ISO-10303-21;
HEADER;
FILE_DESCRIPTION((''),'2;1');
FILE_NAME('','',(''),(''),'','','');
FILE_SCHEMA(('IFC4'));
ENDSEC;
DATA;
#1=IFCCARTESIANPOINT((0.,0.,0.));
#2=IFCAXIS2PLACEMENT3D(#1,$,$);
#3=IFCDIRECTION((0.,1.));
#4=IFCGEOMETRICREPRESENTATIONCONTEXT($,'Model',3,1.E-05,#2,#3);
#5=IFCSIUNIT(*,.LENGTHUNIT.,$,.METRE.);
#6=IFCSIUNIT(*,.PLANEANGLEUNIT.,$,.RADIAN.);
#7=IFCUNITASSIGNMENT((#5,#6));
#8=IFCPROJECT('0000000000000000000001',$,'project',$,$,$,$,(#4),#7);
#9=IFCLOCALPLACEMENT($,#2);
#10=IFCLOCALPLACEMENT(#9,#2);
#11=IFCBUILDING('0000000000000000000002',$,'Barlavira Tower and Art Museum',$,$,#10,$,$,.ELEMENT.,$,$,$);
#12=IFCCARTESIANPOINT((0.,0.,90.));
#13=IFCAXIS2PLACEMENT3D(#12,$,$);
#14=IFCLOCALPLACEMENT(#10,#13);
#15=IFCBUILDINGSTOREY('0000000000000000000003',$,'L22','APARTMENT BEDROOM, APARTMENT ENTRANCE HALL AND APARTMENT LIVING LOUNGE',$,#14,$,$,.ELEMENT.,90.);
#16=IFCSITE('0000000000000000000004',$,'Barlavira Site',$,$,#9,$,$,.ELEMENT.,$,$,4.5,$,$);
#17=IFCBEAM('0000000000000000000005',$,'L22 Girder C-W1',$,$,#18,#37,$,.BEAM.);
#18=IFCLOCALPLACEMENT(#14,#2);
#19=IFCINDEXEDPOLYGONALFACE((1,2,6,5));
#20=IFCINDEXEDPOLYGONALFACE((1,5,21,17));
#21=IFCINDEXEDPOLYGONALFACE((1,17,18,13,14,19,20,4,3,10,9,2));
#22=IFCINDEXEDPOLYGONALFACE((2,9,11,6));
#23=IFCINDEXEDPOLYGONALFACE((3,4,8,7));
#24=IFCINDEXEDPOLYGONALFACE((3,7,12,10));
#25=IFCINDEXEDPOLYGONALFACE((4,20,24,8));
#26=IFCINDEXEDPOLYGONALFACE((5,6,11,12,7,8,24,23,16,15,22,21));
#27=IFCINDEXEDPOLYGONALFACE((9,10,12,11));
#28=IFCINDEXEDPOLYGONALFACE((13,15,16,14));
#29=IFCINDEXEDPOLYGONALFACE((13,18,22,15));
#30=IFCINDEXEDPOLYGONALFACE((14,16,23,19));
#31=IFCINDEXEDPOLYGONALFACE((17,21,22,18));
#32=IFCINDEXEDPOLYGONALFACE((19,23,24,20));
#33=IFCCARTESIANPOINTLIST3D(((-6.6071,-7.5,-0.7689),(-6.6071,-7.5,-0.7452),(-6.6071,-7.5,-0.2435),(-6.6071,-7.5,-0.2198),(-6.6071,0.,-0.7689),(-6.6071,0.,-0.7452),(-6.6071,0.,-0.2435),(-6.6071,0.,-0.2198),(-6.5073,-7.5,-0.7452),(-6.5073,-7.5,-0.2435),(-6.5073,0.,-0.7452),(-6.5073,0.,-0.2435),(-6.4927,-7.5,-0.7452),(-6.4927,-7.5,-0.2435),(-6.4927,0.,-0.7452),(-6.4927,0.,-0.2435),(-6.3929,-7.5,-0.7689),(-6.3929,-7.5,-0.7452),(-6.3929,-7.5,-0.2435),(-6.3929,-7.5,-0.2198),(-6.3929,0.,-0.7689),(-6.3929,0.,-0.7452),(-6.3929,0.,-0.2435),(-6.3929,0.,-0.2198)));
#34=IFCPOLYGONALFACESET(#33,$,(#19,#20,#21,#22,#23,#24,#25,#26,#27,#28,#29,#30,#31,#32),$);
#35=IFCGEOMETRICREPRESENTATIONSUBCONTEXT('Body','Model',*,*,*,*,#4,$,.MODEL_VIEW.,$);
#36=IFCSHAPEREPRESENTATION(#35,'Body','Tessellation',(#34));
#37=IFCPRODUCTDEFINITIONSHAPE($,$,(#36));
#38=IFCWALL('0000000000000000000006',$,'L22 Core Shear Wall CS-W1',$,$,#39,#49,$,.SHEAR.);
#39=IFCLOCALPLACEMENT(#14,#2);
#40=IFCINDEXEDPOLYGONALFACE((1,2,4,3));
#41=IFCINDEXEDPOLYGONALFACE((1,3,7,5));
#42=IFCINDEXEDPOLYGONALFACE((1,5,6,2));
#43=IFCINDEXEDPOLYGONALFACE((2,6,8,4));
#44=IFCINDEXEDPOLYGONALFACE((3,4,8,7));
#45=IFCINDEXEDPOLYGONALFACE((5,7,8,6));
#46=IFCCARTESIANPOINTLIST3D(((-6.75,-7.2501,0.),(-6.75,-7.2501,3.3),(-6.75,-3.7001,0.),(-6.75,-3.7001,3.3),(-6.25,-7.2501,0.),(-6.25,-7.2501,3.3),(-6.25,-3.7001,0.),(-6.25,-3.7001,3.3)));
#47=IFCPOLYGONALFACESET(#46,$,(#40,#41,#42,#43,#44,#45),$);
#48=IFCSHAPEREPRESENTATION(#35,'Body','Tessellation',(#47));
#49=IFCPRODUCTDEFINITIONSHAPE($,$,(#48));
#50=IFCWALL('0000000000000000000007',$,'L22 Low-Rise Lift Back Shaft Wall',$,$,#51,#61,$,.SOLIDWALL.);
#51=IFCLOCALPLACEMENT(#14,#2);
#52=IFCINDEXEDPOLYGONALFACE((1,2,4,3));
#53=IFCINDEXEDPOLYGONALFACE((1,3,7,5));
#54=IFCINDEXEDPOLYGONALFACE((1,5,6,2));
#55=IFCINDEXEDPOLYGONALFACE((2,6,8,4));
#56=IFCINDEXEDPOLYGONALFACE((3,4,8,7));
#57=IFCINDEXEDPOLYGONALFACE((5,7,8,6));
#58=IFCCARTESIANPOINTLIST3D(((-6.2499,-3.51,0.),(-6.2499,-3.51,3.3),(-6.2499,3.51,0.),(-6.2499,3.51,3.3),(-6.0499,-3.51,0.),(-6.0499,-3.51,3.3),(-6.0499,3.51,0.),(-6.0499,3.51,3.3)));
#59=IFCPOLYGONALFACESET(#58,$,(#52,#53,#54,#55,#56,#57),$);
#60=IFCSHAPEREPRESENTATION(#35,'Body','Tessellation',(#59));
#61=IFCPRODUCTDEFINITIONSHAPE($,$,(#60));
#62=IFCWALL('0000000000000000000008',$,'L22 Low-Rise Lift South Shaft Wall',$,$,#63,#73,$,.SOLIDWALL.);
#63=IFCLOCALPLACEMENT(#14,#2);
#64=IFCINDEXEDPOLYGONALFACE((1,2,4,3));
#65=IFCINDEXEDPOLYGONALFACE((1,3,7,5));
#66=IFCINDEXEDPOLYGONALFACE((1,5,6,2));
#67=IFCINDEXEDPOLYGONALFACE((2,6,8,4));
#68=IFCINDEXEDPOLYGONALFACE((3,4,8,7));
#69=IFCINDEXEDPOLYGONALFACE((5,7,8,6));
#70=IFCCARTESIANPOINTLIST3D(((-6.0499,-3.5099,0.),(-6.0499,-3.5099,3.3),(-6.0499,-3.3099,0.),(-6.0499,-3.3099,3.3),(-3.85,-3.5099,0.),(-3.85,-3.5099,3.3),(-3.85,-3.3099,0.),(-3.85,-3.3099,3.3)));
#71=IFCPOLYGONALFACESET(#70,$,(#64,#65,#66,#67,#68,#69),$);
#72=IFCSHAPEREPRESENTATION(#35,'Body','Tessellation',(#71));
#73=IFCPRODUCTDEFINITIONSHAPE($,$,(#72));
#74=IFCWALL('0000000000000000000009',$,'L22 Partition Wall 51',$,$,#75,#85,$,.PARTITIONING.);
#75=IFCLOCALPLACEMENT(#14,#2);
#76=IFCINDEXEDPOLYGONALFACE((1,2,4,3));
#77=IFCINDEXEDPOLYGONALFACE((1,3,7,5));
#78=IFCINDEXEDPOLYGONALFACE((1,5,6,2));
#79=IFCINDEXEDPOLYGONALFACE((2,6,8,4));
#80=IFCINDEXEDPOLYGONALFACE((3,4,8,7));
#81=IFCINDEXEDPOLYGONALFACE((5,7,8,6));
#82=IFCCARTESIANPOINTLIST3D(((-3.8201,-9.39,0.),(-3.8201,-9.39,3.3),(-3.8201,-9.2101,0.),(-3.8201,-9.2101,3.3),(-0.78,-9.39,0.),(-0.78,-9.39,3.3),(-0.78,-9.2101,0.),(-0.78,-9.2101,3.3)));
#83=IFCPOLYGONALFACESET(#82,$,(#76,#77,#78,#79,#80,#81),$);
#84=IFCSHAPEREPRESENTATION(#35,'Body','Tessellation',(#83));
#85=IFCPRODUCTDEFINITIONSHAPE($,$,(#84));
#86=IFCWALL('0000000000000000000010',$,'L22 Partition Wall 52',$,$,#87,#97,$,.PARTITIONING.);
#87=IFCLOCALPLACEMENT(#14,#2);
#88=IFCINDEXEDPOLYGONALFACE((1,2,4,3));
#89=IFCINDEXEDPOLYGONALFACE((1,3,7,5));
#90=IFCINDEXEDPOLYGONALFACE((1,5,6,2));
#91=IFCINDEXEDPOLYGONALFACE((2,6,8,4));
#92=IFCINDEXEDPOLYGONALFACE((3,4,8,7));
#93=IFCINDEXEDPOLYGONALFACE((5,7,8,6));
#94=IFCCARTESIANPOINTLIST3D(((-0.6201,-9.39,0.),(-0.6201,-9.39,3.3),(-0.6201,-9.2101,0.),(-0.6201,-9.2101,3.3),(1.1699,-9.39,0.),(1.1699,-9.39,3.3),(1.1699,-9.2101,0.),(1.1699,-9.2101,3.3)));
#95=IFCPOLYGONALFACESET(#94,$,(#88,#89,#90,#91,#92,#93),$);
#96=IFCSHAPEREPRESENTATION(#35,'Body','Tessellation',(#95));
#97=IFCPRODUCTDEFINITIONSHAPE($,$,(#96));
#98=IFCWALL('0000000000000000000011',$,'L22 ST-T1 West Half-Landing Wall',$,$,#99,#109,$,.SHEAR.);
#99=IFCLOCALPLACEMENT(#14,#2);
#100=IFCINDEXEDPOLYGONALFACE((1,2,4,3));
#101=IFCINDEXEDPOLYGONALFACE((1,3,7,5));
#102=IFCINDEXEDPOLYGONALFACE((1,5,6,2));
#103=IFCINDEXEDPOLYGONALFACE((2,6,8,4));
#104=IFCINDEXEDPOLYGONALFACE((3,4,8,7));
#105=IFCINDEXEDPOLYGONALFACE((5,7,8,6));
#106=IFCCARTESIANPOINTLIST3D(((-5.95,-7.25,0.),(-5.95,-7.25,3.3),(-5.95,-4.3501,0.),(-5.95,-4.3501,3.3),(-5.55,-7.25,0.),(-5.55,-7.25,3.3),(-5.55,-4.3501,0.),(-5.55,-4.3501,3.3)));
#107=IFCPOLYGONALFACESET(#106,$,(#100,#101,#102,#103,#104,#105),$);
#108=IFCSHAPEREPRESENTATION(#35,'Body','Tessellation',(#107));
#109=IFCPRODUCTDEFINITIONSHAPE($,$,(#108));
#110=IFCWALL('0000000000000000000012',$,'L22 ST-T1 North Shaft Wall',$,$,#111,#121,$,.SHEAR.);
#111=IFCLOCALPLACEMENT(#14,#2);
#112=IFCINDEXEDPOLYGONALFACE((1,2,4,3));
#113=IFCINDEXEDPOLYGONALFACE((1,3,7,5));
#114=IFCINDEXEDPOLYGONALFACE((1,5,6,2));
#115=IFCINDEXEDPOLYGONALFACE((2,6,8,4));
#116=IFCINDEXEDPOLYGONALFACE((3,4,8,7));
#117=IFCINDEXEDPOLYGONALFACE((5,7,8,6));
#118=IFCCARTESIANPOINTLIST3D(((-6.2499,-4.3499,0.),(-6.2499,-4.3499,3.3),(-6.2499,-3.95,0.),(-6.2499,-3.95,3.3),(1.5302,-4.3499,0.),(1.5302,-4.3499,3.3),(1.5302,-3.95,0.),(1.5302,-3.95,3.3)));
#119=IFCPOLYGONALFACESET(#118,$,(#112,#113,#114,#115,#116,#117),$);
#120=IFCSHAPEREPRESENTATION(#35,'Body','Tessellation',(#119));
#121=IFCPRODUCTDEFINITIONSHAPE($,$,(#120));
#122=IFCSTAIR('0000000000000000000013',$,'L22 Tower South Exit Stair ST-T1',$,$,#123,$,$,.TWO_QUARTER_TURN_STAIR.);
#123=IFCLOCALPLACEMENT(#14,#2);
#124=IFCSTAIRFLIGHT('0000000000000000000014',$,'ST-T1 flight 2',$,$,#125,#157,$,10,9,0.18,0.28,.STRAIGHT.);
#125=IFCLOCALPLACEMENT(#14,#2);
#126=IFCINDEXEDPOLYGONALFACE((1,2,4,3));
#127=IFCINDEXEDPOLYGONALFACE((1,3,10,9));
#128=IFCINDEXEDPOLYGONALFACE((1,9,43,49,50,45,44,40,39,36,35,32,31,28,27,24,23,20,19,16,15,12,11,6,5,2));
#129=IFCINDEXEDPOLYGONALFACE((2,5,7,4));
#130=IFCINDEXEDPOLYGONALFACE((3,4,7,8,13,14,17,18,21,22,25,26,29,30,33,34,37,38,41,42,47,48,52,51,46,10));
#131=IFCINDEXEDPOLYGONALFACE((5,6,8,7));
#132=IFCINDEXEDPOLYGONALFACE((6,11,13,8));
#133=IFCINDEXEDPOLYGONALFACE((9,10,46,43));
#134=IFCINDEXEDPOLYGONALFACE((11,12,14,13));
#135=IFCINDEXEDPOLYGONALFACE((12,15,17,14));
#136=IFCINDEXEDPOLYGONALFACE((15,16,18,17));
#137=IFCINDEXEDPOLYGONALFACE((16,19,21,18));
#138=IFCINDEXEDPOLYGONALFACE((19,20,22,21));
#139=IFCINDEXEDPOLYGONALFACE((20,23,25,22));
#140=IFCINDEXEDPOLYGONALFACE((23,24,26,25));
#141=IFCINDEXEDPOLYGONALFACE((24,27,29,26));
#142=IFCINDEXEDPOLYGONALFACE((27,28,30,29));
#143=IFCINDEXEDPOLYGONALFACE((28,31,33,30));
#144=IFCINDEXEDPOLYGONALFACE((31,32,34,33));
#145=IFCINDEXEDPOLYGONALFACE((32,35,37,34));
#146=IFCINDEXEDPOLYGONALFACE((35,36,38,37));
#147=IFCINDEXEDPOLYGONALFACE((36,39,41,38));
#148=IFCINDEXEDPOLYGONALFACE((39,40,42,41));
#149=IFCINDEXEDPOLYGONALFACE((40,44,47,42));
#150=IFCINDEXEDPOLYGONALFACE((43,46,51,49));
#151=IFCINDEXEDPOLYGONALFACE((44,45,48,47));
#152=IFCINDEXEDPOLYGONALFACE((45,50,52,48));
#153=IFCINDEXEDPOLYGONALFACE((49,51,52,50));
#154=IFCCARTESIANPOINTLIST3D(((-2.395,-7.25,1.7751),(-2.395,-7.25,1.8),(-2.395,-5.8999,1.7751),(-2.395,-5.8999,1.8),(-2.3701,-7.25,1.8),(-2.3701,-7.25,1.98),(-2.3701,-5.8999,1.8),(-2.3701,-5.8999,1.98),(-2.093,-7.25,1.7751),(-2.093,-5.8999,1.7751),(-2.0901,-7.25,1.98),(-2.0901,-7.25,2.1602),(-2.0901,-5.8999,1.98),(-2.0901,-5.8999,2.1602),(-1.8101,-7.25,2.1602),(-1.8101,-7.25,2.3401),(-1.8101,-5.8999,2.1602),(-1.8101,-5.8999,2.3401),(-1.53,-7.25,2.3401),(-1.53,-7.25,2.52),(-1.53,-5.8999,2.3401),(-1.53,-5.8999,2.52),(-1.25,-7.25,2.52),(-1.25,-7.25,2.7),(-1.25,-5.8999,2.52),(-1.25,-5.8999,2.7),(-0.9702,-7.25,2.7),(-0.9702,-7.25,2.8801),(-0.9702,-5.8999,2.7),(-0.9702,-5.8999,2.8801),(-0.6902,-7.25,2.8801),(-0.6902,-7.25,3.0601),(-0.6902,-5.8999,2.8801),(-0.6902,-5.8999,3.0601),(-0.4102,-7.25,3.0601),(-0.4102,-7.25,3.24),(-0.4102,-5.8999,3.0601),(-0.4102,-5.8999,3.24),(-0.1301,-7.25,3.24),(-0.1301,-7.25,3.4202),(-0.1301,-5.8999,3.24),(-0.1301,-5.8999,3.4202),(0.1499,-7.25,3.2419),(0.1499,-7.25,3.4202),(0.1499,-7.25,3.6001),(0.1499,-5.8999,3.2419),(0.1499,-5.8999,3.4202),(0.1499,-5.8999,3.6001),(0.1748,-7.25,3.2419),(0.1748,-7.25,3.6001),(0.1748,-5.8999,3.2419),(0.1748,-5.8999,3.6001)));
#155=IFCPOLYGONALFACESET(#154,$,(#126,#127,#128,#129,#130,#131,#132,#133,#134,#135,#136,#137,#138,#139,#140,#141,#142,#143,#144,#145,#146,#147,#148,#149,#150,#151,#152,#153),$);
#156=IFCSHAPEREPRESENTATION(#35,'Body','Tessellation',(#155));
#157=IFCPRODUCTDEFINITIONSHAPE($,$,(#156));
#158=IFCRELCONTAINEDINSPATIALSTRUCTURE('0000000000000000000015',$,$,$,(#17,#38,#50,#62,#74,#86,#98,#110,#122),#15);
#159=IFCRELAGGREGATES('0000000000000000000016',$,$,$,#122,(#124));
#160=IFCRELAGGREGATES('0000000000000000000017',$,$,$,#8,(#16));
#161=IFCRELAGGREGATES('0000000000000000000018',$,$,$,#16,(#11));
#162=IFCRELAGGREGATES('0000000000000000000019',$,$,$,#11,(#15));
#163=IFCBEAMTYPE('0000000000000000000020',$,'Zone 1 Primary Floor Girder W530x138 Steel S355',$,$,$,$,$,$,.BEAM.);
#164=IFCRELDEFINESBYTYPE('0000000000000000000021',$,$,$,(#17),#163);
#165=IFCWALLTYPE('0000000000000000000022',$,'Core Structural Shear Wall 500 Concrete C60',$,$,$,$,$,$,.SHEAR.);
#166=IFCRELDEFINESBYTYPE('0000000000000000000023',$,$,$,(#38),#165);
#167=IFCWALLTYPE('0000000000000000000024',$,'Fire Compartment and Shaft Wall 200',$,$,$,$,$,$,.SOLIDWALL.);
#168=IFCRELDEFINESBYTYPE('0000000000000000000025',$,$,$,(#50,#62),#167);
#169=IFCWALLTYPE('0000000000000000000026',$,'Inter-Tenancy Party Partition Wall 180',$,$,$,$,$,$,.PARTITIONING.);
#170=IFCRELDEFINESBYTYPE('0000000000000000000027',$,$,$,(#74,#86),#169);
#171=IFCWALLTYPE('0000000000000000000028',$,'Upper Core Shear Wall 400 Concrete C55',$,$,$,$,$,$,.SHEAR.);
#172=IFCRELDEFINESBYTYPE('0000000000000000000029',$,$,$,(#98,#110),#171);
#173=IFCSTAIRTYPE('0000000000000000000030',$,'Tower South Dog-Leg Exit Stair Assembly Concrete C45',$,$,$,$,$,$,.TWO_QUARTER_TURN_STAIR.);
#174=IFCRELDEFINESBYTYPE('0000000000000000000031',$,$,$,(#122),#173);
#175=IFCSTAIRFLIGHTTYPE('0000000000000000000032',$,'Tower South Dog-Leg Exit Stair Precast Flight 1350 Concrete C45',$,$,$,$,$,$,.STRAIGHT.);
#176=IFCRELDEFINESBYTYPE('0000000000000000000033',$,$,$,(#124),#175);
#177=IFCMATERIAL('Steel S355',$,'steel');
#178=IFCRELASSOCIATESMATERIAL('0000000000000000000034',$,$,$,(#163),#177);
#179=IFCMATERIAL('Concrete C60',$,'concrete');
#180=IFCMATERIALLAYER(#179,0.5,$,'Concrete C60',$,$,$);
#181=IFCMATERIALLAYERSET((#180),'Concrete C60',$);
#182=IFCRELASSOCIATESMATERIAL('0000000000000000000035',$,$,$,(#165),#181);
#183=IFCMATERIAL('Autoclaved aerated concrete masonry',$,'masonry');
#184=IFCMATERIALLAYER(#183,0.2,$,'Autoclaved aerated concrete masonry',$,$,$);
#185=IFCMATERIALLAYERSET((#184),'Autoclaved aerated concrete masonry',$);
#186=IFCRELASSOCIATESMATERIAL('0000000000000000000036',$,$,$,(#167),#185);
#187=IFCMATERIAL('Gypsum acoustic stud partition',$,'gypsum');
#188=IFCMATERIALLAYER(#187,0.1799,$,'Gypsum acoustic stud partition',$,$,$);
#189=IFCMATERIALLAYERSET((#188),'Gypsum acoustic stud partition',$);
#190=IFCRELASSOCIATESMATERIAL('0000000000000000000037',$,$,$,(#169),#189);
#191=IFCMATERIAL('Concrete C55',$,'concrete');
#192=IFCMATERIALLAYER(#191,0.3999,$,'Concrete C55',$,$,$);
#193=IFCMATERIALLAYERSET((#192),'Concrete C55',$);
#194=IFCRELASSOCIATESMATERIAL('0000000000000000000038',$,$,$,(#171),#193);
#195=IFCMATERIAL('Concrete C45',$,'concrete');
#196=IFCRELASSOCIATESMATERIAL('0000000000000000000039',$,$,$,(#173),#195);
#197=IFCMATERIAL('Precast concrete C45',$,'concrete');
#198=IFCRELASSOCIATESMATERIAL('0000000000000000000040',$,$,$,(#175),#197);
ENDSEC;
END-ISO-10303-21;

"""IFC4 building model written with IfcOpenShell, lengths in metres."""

from ifc_helpers import new_model, si_unit, direction, frame, frame_2d, origin, origin_2d, place, context, subcontext, project, spatial, polyline, rectangle, i_section, outline, extrude, material, layer, layer_set, material_profile, profile_set, type_object, element, aggregate, save


model = new_model("IFC4")

# Units and contexts
model_context = context("Model", 3, precision=1e-05, world=origin(), true_north=direction((0.0, 1.0)))
body_context = subcontext(model_context, "Body", "Model", "MODEL_VIEW")
ifc_project = project(units=[si_unit("LENGTHUNIT", "METRE"), si_unit("PLANEANGLEUNIT", "RADIAN")], contexts=[model_context])

# Site, building, storey
site_placement = place(None, origin())
site = spatial("IfcSite", under=ifc_project, at=site_placement, Name="Barlavira Site", CompositionType="ELEMENT", RefElevation=4.5)
building_placement = place(site_placement, origin())
building = spatial("IfcBuilding", under=site, at=building_placement, Name="Barlavira Tower and Art Museum", CompositionType="ELEMENT")
storey_placement = place(building_placement, frame((0.0, 0.0, 90.0)))
storey = spatial("IfcBuildingStorey", under=building, at=storey_placement, Name="L22", Description="APARTMENT BEDROOM, APARTMENT ENTRANCE HALL AND APARTMENT LIVING LOUNGE", CompositionType="ELEMENT", Elevation=90.0)

# Beam
ifc_material_1 = material(Name="Steel S355", Category="steel")
ifc_material_profile = material_profile(ifc_material_1, i_section(OverallWidth=0.2141, OverallDepth=0.5491, WebThickness=0.0146, FlangeThickness=0.0237, at=origin_2d()), Name="W530x138.0")
ifc_profile_set = profile_set([ifc_material_profile], Name="Steel S355")
beam_type = type_object("IfcBeamType", Name="Zone 1 Primary Floor Girder W530x138 Steel S355", PredefinedType="BEAM", material=ifc_profile_set)
beam_placement = place(storey_placement, frame((-6.5, -7.5, -0.4944), z_axis=(0.0, 1.0, 0.0), x_axis=(-1.0, 0.0, 0.0)))
element("IfcBeam", 1, at=beam_placement, inside=storey, type_object=beam_type, Name="L22 Girder C-W1", PredefinedType="BEAM", context=body_context, shape_type="SweptSolid", body=[
    extrude(i_section(OverallWidth=0.2141, OverallDepth=0.5491, WebThickness=0.0146, FlangeThickness=0.0237, at=origin_2d()), origin(), (0.0, 0.0, 1.0), 7.5),
])

# Wall
ifc_material_2 = material(Name="Concrete C60", Category="concrete")
ifc_layer_1 = layer(ifc_material_2, 0.5, Name="Concrete C60")
ifc_layer_set_1 = layer_set([ifc_layer_1], Name="Concrete C60")
wall_type_1 = type_object("IfcWallType", Name="Core Structural Shear Wall 500 Concrete C60", PredefinedType="SHEAR", material=ifc_layer_set_1)
wall_1_placement = place(storey_placement, frame((-6.5, -7.25, 0.0), z_axis=(0.0, 0.0, 1.0), x_axis=(0.0, 1.0, 0.0)))
element("IfcWall", 2, at=wall_1_placement, inside=storey, type_object=wall_type_1, Name="L22 Core Shear Wall CS-W1", PredefinedType="SHEAR", context=body_context, shape_type="SweptSolid", body=[
    extrude(rectangle(XDim=3.55, YDim=0.5, at=frame_2d((1.7749, 0.0))), origin(), (0.0, 0.0, 1.0), 3.3),
])

# Shared definitions
ifc_material_3 = material(Name="Autoclaved aerated concrete masonry", Category="masonry")
ifc_layer_2 = layer(ifc_material_3, 0.2, Name="Autoclaved aerated concrete masonry")
ifc_layer_set_2 = layer_set([ifc_layer_2], Name="Autoclaved aerated concrete masonry")
wall_type_2 = type_object("IfcWallType", Name="Fire Compartment and Shaft Wall 200", PredefinedType="SOLIDWALL", material=ifc_layer_set_2)

# Walls
wall_2_placement = place(storey_placement, frame((-6.1499, -3.51, 0.0), z_axis=(0.0, 0.0, 1.0), x_axis=(0.0, 1.0, 0.0)))
element("IfcWall", 3, at=wall_2_placement, inside=storey, type_object=wall_type_2, Name="L22 Low-Rise Lift Back Shaft Wall", PredefinedType="SOLIDWALL", context=body_context, shape_type="SweptSolid", body=[
    extrude(rectangle(XDim=7.02, YDim=0.2, at=frame_2d((3.51, 0.0))), origin(), (0.0, 0.0, 1.0), 3.3),
])
wall_3_placement = place(storey_placement, frame((-6.05, -3.4099, 0.0), z_axis=(0.0, 0.0, 1.0), x_axis=(1.0, 0.0, 0.0)))
element("IfcWall", 4, at=wall_3_placement, inside=storey, type_object=wall_type_2, Name="L22 Low-Rise Lift South Shaft Wall", PredefinedType="SOLIDWALL", context=body_context, shape_type="SweptSolid", body=[
    extrude(rectangle(XDim=2.2, YDim=0.2, at=frame_2d((1.1001, 0.0))), origin(), (0.0, 0.0, 1.0), 3.3),
])
ifc_material_4 = material(Name="Gypsum acoustic stud partition", Category="gypsum")
ifc_layer_3 = layer(ifc_material_4, 0.1799, Name="Gypsum acoustic stud partition")
ifc_layer_set_3 = layer_set([ifc_layer_3], Name="Gypsum acoustic stud partition")
wall_type_3 = type_object("IfcWallType", Name="Inter-Tenancy Party Partition Wall 180", PredefinedType="PARTITIONING", material=ifc_layer_set_3)
wall_4_placement = place(storey_placement, frame((-3.8201, -9.3, 0.0), z_axis=(0.0, 0.0, 1.0), x_axis=(1.0, 0.0, 0.0)))
element("IfcWall", 5, at=wall_4_placement, inside=storey, type_object=wall_type_3, Name="L22 Partition Wall 51", PredefinedType="PARTITIONING", context=body_context, shape_type="SweptSolid", body=[
    extrude(rectangle(XDim=3.04, YDim=0.1799, at=frame_2d((1.52, 0.0))), origin(), (0.0, 0.0, 1.0), 3.3),
])
wall_5_placement = place(storey_placement, frame((-0.6201, -9.3, 0.0), z_axis=(0.0, 0.0, 1.0), x_axis=(1.0, 0.0, 0.0)))
element("IfcWall", 6, at=wall_5_placement, inside=storey, type_object=wall_type_3, Name="L22 Partition Wall 52", PredefinedType="PARTITIONING", context=body_context, shape_type="SweptSolid", body=[
    extrude(rectangle(XDim=1.79, YDim=0.1799, at=frame_2d((0.895, 0.0))), origin(), (0.0, 0.0, 1.0), 3.3),
])
ifc_material_5 = material(Name="Concrete C55", Category="concrete")
ifc_layer_4 = layer(ifc_material_5, 0.3999, Name="Concrete C55")
ifc_layer_set_4 = layer_set([ifc_layer_4], Name="Concrete C55")
wall_type_4 = type_object("IfcWallType", Name="Upper Core Shear Wall 400 Concrete C55", PredefinedType="SHEAR", material=ifc_layer_set_4)
wall_6_placement = place(storey_placement, frame((-5.75, -7.25, 0.0), z_axis=(0.0, 0.0, 1.0), x_axis=(0.0, 1.0, 0.0)))
element("IfcWall", 7, at=wall_6_placement, inside=storey, type_object=wall_type_4, Name="L22 ST-T1 West Half-Landing Wall", PredefinedType="SHEAR", context=body_context, shape_type="SweptSolid", body=[
    extrude(rectangle(XDim=2.8999, YDim=0.3999, at=frame_2d((1.45, 0.0))), origin(), (0.0, 0.0, 1.0), 3.3),
])
wall_7_placement = place(storey_placement, frame((-6.25, -4.1499, 0.0), z_axis=(0.0, 0.0, 1.0), x_axis=(1.0, 0.0, 0.0)))
element("IfcWall", 8, at=wall_7_placement, inside=storey, type_object=wall_type_4, Name="L22 ST-T1 North Shaft Wall", PredefinedType="SHEAR", context=body_context, shape_type="SweptSolid", body=[
    extrude(rectangle(XDim=7.78, YDim=0.3999, at=frame_2d((3.8901, 0.0))), origin(), (0.0, 0.0, 1.0), 3.3),
])

# Stair, stair flight
ifc_material_6 = material(Name="Concrete C45", Category="concrete")
stair_type = type_object("IfcStairType", Name="Tower South Dog-Leg Exit Stair Assembly Concrete C45", PredefinedType="TWO_QUARTER_TURN_STAIR", material=ifc_material_6)
stair_placement = place(storey_placement, origin())
stair = element("IfcStair", 9, at=stair_placement, inside=storey, type_object=stair_type, Name="L22 Tower South Exit Stair ST-T1", PredefinedType="TWO_QUARTER_TURN_STAIR")
ifc_material_7 = material(Name="Precast concrete C45", Category="concrete")
stair_flight_type = type_object("IfcStairFlightType", Name="Tower South Dog-Leg Exit Stair Precast Flight 1350 Concrete C45", PredefinedType="STRAIGHT", material=ifc_material_7)
stair_flight_placement = place(storey_placement, frame((-2.3701, -6.575, 1.8), z_axis=(0.0, 0.0, 1.0), x_axis=(1.0, 0.0, 0.0)))
stair_flight = element("IfcStairFlight", 10, at=stair_flight_placement, type_object=stair_flight_type, Name="ST-T1 flight 2", NumberOfRisers=10, NumberOfTreads=9, PredefinedType="STRAIGHT", RiserHeight=0.18, TreadLength=0.28, context=body_context, shape_type="SweptSolid", body=[
    extrude(outline(polyline([(-0.0249, 0.0), (0.0, 0.0), (0.0, 0.1799), (0.28, 0.1799), (0.28, 0.3601), (0.5601, 0.3601), (0.5601, 0.54), (0.8401, 0.54), (0.8401, 0.72), (1.1201, 0.72), (1.1201, 0.8999), (1.3999, 0.8999), (1.3999, 1.0801), (1.6799, 1.0801), (1.6799, 1.26), (1.96, 1.26), (1.96, 1.4399), (2.24, 1.4399), (2.24, 1.6201), (2.52, 1.6201), (2.52, 1.8), (2.5449, 1.8), (2.5449, 1.4419), (2.52, 1.4419), (0.2771, -0.0249), (-0.0249, -0.0249), (-0.0249, 0.0)])), frame((0.0, 0.675, 0.0), z_axis=(0.0, -1.0, 0.0), x_axis=(1.0, 0.0, 0.0)), (0.0, 0.0, 1.0), 1.3501),
])
aggregate(stair, [stair_flight])

save(model, "model.ifc")
